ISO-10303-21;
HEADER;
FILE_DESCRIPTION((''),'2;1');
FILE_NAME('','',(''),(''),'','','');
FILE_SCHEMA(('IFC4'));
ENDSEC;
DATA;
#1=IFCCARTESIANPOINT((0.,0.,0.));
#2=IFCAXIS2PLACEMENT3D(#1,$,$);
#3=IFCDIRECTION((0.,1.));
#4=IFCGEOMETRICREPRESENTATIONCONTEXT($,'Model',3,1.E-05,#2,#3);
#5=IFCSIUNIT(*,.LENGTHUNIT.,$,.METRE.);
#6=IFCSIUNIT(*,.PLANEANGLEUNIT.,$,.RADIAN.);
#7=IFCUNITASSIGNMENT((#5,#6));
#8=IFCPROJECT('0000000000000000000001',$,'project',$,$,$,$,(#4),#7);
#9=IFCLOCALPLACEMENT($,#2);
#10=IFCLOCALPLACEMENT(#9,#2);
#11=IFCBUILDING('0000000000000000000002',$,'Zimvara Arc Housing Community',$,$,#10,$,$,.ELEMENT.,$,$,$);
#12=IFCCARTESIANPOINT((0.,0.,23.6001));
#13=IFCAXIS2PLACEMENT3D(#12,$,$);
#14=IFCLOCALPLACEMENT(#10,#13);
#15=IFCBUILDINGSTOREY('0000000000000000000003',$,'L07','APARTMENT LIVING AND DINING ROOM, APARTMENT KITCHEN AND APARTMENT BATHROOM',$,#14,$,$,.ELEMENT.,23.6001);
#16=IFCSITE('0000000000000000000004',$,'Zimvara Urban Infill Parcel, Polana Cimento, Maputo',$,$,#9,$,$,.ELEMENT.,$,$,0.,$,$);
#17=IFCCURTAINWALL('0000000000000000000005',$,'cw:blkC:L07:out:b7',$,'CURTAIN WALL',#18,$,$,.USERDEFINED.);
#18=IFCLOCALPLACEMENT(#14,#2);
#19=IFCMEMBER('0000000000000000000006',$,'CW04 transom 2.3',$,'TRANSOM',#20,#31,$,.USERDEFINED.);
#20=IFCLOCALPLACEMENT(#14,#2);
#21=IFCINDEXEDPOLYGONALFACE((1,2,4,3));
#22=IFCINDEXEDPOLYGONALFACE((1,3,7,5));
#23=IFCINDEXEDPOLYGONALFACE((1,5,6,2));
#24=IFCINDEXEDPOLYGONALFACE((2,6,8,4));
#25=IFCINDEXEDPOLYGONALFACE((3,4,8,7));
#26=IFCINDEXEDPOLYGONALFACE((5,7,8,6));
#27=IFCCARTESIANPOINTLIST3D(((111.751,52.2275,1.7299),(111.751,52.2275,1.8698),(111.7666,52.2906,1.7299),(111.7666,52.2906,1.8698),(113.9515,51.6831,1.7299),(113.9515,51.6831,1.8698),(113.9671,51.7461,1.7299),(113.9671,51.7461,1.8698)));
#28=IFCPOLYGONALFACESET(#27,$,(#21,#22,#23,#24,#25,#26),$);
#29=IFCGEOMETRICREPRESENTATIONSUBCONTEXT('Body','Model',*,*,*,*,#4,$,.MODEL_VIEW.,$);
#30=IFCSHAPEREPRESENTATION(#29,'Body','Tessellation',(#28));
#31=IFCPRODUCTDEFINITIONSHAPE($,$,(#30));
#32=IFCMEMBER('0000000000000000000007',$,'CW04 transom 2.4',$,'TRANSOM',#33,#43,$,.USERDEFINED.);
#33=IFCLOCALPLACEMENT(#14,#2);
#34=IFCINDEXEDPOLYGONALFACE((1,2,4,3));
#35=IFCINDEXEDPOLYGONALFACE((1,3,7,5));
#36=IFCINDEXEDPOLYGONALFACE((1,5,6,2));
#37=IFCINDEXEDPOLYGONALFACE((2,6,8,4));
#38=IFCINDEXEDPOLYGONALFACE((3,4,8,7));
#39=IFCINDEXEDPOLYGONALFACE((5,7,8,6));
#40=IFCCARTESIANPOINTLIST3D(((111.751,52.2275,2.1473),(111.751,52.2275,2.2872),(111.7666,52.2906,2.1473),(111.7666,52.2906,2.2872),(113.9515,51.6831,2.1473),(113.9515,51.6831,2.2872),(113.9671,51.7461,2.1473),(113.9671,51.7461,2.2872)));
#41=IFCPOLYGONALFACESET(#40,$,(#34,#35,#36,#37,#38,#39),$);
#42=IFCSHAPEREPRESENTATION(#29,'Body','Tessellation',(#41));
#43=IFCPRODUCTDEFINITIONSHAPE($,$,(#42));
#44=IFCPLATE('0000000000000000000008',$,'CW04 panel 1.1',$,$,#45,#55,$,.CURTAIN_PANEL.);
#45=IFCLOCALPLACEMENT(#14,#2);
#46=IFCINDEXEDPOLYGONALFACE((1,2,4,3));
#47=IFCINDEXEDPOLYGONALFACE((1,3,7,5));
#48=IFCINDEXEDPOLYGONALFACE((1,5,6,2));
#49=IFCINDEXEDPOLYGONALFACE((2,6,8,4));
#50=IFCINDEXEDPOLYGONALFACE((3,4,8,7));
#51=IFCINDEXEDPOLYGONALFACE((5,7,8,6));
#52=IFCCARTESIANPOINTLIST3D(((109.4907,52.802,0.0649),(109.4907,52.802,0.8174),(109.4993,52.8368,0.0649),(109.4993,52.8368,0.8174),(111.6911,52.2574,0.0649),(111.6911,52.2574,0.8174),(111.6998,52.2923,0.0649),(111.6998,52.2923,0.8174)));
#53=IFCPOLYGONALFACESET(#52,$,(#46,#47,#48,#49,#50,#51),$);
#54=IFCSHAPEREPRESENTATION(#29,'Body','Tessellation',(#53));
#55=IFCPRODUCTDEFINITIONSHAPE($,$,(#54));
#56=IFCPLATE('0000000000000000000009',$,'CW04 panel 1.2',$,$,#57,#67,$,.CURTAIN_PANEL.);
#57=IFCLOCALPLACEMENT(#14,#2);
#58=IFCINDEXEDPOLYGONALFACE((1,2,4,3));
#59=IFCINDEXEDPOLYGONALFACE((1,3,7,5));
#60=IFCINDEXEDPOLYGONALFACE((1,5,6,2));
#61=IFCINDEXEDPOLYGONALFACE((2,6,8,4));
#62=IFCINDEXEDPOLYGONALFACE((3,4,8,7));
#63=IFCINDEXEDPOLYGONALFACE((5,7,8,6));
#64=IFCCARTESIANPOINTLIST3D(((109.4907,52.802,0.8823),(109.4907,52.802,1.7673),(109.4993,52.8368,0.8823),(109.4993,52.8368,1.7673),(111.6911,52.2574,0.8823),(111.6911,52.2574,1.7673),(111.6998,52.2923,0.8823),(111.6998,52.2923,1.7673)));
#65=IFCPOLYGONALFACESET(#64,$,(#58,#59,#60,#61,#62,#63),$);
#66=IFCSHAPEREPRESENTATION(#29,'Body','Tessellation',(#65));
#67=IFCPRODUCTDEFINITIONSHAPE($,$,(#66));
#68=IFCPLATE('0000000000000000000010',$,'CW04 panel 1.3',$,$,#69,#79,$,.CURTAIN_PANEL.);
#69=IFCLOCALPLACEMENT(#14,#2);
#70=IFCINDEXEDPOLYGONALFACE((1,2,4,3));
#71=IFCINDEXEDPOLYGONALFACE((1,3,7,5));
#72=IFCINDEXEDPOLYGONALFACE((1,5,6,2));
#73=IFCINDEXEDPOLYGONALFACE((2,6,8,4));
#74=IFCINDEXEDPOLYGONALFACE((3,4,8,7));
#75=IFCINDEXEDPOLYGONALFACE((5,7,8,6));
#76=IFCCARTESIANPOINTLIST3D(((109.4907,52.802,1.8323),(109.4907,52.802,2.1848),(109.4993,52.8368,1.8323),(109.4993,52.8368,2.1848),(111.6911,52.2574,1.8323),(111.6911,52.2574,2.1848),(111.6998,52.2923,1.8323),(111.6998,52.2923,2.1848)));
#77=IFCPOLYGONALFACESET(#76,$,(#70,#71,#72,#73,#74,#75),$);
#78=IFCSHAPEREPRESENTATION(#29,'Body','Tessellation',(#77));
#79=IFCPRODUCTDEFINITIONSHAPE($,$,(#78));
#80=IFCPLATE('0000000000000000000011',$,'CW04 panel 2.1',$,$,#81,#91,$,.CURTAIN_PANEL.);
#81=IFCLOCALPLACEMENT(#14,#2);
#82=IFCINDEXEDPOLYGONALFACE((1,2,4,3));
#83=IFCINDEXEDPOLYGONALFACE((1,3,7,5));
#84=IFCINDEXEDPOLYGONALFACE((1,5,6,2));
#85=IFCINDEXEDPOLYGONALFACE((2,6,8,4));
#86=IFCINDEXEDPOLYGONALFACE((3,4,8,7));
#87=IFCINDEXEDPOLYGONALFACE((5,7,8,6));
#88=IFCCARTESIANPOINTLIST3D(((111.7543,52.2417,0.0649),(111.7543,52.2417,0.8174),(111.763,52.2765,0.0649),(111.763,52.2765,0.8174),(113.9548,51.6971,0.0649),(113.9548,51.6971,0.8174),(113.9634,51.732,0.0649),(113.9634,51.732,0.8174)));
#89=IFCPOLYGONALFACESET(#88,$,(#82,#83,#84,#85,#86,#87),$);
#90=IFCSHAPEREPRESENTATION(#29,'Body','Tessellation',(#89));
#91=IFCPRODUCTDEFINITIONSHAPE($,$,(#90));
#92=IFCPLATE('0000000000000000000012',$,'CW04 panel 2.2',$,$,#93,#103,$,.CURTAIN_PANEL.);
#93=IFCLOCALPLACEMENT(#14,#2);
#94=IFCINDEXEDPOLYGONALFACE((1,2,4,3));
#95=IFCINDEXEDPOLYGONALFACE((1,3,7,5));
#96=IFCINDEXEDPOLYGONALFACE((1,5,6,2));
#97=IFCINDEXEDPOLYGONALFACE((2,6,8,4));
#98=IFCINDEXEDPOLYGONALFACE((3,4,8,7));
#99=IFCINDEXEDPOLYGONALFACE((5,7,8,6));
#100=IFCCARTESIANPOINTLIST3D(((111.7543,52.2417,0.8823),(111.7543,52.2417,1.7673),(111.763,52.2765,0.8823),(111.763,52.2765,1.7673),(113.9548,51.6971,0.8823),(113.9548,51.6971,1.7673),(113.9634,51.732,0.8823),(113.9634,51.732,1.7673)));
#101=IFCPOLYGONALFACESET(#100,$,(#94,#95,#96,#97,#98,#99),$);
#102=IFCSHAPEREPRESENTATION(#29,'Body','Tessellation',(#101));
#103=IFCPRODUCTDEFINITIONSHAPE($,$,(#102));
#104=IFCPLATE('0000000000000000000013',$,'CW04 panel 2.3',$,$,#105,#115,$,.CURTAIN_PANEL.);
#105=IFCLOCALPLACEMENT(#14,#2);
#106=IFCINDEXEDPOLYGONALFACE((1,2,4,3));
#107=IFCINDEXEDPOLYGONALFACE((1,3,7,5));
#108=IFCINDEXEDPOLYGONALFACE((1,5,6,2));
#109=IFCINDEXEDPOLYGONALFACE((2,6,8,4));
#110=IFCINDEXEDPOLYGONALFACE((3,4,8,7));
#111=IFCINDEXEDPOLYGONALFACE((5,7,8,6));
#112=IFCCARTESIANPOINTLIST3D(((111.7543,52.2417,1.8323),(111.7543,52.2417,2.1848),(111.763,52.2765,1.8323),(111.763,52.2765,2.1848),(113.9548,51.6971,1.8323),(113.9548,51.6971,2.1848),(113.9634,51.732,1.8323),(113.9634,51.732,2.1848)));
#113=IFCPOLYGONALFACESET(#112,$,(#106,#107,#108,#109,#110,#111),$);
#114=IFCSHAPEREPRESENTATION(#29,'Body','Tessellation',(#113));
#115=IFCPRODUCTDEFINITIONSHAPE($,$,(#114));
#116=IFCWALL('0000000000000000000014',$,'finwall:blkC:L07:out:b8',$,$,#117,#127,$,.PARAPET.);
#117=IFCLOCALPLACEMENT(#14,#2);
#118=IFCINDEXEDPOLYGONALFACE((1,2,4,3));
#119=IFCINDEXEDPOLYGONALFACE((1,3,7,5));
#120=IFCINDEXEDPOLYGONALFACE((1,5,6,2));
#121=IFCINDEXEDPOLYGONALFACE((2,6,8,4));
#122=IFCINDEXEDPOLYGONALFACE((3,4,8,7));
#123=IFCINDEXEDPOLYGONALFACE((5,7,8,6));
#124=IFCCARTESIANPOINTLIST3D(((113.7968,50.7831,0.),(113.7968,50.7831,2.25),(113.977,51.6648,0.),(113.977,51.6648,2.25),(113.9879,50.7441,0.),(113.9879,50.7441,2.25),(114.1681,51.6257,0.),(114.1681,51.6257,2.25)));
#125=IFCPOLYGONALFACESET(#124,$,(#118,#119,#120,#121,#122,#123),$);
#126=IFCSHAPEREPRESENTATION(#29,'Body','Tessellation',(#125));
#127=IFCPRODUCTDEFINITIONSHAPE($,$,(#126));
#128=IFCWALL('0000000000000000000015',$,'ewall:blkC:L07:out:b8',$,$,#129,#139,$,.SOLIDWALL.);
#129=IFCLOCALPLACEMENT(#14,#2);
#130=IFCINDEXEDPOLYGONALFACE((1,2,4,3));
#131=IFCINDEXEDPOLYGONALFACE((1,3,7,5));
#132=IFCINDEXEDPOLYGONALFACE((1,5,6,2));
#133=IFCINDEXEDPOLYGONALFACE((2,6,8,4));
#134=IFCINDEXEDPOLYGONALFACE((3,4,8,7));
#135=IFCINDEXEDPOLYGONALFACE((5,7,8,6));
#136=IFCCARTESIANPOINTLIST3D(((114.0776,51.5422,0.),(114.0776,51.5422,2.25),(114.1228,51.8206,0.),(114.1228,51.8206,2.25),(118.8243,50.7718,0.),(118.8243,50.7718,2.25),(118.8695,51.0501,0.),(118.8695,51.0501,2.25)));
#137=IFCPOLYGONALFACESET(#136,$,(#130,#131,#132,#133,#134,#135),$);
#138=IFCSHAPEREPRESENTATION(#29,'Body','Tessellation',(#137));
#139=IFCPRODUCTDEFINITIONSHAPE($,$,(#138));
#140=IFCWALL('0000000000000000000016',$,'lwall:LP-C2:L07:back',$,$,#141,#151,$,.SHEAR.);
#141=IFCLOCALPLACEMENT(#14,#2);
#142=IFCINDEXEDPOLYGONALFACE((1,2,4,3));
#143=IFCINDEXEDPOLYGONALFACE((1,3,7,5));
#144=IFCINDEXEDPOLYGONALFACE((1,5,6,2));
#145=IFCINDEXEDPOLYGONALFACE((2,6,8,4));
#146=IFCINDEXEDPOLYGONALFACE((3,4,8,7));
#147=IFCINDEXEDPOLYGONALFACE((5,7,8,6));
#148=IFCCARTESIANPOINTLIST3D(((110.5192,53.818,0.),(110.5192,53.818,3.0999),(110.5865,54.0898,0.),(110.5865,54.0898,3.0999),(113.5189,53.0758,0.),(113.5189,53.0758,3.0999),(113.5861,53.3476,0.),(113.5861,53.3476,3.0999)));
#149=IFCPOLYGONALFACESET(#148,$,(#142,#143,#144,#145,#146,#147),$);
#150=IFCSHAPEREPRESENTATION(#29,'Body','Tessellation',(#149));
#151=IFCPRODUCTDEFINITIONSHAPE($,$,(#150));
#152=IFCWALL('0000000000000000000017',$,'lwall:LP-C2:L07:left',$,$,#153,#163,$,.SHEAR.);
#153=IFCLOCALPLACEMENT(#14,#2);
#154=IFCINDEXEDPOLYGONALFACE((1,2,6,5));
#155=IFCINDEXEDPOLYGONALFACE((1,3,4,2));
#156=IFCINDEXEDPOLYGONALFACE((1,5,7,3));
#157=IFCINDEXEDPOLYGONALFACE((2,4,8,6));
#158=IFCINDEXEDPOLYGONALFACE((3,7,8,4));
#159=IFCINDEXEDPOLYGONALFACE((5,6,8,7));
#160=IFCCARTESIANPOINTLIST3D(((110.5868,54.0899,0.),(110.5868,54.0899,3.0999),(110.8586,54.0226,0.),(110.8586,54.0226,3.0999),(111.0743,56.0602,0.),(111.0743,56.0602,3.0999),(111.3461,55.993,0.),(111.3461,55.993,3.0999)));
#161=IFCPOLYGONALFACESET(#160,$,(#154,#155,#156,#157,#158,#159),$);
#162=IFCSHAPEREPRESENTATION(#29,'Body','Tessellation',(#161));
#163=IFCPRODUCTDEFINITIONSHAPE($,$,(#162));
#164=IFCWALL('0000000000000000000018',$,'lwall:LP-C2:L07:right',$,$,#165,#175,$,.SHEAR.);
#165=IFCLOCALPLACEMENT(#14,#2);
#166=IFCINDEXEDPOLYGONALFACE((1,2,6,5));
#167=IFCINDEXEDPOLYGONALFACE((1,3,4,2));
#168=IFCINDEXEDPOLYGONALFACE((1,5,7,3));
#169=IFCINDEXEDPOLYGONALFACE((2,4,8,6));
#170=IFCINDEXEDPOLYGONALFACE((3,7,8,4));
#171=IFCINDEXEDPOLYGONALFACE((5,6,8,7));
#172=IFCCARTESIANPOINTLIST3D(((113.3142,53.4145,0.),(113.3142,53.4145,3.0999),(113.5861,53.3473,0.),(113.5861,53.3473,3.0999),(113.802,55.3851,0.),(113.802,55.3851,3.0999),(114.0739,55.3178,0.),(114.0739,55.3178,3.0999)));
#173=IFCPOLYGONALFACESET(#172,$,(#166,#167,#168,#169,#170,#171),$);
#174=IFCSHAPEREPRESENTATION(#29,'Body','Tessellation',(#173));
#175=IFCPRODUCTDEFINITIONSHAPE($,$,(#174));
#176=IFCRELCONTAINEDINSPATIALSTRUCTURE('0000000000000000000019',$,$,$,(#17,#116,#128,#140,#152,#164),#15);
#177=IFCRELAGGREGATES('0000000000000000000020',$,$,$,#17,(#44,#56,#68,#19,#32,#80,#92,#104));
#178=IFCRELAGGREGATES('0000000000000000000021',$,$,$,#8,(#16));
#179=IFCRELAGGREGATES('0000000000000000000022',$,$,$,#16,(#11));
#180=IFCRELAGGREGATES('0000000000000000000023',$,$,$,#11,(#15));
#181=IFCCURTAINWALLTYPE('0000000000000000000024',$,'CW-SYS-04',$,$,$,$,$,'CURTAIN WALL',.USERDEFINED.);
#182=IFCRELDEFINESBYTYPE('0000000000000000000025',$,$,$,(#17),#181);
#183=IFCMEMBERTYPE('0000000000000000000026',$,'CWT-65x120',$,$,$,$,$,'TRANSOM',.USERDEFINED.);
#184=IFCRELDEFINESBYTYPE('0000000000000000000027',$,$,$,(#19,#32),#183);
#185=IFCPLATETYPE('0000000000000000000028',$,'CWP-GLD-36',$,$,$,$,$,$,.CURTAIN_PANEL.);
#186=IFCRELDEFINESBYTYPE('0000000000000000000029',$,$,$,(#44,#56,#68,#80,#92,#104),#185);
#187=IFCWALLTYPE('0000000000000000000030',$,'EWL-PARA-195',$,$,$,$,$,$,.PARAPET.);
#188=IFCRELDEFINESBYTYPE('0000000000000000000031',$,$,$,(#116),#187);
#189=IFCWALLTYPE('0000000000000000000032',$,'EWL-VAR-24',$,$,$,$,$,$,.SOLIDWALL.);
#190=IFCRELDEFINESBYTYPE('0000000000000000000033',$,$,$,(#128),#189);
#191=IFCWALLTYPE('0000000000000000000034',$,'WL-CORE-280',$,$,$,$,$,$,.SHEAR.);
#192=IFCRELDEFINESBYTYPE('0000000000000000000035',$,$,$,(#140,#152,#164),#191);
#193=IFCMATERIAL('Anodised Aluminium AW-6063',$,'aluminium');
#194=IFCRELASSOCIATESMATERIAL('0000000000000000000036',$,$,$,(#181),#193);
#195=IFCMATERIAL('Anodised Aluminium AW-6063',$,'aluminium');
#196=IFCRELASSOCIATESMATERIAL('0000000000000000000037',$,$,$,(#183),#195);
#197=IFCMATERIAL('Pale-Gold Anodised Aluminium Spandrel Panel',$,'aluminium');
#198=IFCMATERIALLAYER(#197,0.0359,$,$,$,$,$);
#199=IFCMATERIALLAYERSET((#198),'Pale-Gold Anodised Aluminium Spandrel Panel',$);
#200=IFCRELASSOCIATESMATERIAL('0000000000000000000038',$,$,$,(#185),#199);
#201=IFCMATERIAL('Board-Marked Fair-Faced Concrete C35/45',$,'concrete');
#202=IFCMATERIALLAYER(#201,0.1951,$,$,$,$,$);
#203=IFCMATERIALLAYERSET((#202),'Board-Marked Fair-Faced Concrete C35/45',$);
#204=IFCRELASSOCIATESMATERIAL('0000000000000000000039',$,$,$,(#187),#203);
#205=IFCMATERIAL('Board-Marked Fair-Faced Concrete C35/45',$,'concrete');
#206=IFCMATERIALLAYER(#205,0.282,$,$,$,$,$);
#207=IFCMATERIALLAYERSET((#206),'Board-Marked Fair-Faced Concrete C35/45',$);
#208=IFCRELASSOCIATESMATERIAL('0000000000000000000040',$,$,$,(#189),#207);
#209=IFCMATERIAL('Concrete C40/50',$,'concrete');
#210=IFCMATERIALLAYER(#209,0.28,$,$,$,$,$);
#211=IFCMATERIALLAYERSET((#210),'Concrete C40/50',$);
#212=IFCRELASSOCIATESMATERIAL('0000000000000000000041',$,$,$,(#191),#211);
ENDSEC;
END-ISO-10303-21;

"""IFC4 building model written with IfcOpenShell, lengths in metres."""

from ifc_helpers import new_model, si_unit, direction, frame, frame_2d, origin, origin_2d, place, context, subcontext, project, spatial, rectangle, extrude, material, layer, layer_set, material_profile, profile_set, type_object, element, aggregate, save


model = new_model("IFC4")

# Units and contexts
model_context = context("Model", 3, precision=1e-05, world=origin(), true_north=direction((0.0, 1.0)))
body_context = subcontext(model_context, "Body", "Model", "MODEL_VIEW")
ifc_project = project(units=[si_unit("LENGTHUNIT", "METRE"), si_unit("PLANEANGLEUNIT", "RADIAN")], contexts=[model_context])

# Site, building, storey
site_placement = place(None, origin())
site = spatial("IfcSite", under=ifc_project, at=site_placement, Name="Zimvara Urban Infill Parcel, Polana Cimento, Maputo", CompositionType="ELEMENT", RefElevation=0.0)
building_placement = place(site_placement, origin())
building = spatial("IfcBuilding", under=site, at=building_placement, Name="Zimvara Arc Housing Community", CompositionType="ELEMENT")
storey_placement = place(building_placement, frame((0.0, 0.0, 23.6001)))
storey = spatial("IfcBuildingStorey", under=building, at=storey_placement, Name="L07", Description="APARTMENT LIVING AND DINING ROOM, APARTMENT KITCHEN AND APARTMENT BATHROOM", CompositionType="ELEMENT", Elevation=23.6001)

# Curtain wall
ifc_material_1 = material(Name="Anodised Aluminium AW-6063", Category="aluminium")
curtain_wall_type_1 = type_object("IfcCurtainWallType", Name="CW-SYS-04", ElementType="CURTAIN WALL", PredefinedType="USERDEFINED", material=ifc_material_1)
curtain_wall_1_placement = place(storey_placement, origin())
curtain_wall_1 = element("IfcCurtainWall", 1, at=curtain_wall_1_placement, inside=storey, type_object=curtain_wall_type_1, Name="cw:blkC:L07:out:b7", ObjectType="CURTAIN WALL", PredefinedType="USERDEFINED")

# Members
ifc_material_2 = material(Name="Anodised Aluminium AW-6063", Category="aluminium")
ifc_material_profile_1 = material_profile(ifc_material_2, rectangle(XDim=0.0649, YDim=0.1399, at=origin_2d()), Name="ALU 65x140")
ifc_profile_set_1 = profile_set([ifc_material_profile_1], Name="Anodised Aluminium AW-6063")
member_type_1 = type_object("IfcMemberType", Name="CWT-65x120", ElementType="TRANSOM", PredefinedType="USERDEFINED", material=ifc_profile_set_1)
member_1_placement = place(storey_placement, frame((111.7588, 52.259, 1.7998), z_axis=(0.970729, -0.240178, 0.0), x_axis=(0.240178, 0.970729, 0.0)))
member_1 = element("IfcMember", 2, at=member_1_placement, type_object=member_type_1, Name="CW04 transom 2.3", ObjectType="TRANSOM", PredefinedType="USERDEFINED", context=body_context, shape_type="SweptSolid", body=[
    extrude(rectangle(XDim=0.0649, YDim=0.1399, at=origin_2d()), origin(), (0.0, 0.0, 1.0), 2.2668),
])
member_2_placement = place(storey_placement, frame((111.7588, 52.259, 2.2173), z_axis=(0.970729, -0.240178, 0.0), x_axis=(0.240178, 0.970729, 0.0)))
member_2 = element("IfcMember", 3, at=member_2_placement, type_object=member_type_1, Name="CW04 transom 2.4", ObjectType="TRANSOM", PredefinedType="USERDEFINED", context=body_context, shape_type="SweptSolid", body=[
    extrude(rectangle(XDim=0.0649, YDim=0.1399, at=origin_2d()), origin(), (0.0, 0.0, 1.0), 2.2668),
])

# Plates
ifc_material_3 = material(Name="Pale-Gold Anodised Aluminium Spandrel Panel", Category="aluminium")
ifc_layer_1 = layer(ifc_material_3, 0.0359)
ifc_layer_set_1 = layer_set([ifc_layer_1], Name="Pale-Gold Anodised Aluminium Spandrel Panel")
plate_type = type_object("IfcPlateType", Name="CWP-GLD-36", PredefinedType="CURTAIN_PANEL", material=ifc_layer_set_1)
plate_1_placement = place(storey_placement, frame((110.5952, 52.5471, 0.0649), z_axis=(0.0, 0.0, 1.0), x_axis=(0.970716, -0.24023, 0.0)))
plate_1 = element("IfcPlate", 4, at=plate_1_placement, type_object=plate_type, Name="CW04 panel 1.1", PredefinedType="CURTAIN_PANEL", context=body_context, shape_type="SweptSolid", body=[
    extrude(rectangle(XDim=2.2668, YDim=0.0359, at=origin_2d()), origin(), (0.0, 0.0, 1.0), 0.7524),
])
plate_2_placement = place(storey_placement, frame((110.5952, 52.5471, 0.8823), z_axis=(0.0, 0.0, 1.0), x_axis=(0.970716, -0.24023, 0.0)))
plate_2 = element("IfcPlate", 5, at=plate_2_placement, type_object=plate_type, Name="CW04 panel 1.2", PredefinedType="CURTAIN_PANEL", context=body_context, shape_type="SweptSolid", body=[
    extrude(rectangle(XDim=2.2668, YDim=0.0359, at=origin_2d()), origin(), (0.0, 0.0, 1.0), 0.885),
])
plate_3_placement = place(storey_placement, frame((110.5952, 52.5471, 1.8323), z_axis=(0.0, 0.0, 1.0), x_axis=(0.970716, -0.24023, 0.0)))
plate_3 = element("IfcPlate", 6, at=plate_3_placement, type_object=plate_type, Name="CW04 panel 1.3", PredefinedType="CURTAIN_PANEL", context=body_context, shape_type="SweptSolid", body=[
    extrude(rectangle(XDim=2.2668, YDim=0.0359, at=origin_2d()), origin(), (0.0, 0.0, 1.0), 0.3525),
])
plate_4_placement = place(storey_placement, frame((112.8589, 51.9868, 0.0649), z_axis=(0.0, 0.0, 1.0), x_axis=(0.970716, -0.24023, 0.0)))
plate_4 = element("IfcPlate", 7, at=plate_4_placement, type_object=plate_type, Name="CW04 panel 2.1", PredefinedType="CURTAIN_PANEL", context=body_context, shape_type="SweptSolid", body=[
    extrude(rectangle(XDim=2.2668, YDim=0.0359, at=origin_2d()), origin(), (0.0, 0.0, 1.0), 0.7524),
])
plate_5_placement = place(storey_placement, frame((112.8589, 51.9868, 0.8823), z_axis=(0.0, 0.0, 1.0), x_axis=(0.970716, -0.24023, 0.0)))
plate_5 = element("IfcPlate", 8, at=plate_5_placement, type_object=plate_type, Name="CW04 panel 2.2", PredefinedType="CURTAIN_PANEL", context=body_context, shape_type="SweptSolid", body=[
    extrude(rectangle(XDim=2.2668, YDim=0.0359, at=origin_2d()), origin(), (0.0, 0.0, 1.0), 0.885),
])
plate_6_placement = place(storey_placement, frame((112.8589, 51.9868, 1.8323), z_axis=(0.0, 0.0, 1.0), x_axis=(0.970716, -0.24023, 0.0)))
plate_6 = element("IfcPlate", 9, at=plate_6_placement, type_object=plate_type, Name="CW04 panel 2.3", PredefinedType="CURTAIN_PANEL", context=body_context, shape_type="SweptSolid", body=[
    extrude(rectangle(XDim=2.2668, YDim=0.0359, at=origin_2d()), origin(), (0.0, 0.0, 1.0), 0.3525),
])
aggregate(curtain_wall_1, [plate_1, plate_2, plate_3, member_1, member_2, plate_4, plate_5, plate_6])

# Walls
ifc_material_4 = material(Name="Board-Marked Fair-Faced Concrete C35/45", Category="concrete")
ifc_layer_2 = layer(ifc_material_4, 0.1951)
ifc_layer_set_2 = layer_set([ifc_layer_2], Name="Board-Marked Fair-Faced Concrete C35/45")
wall_type_1 = type_object("IfcWallType", Name="EWL-PARA-195", PredefinedType="PARAPET", material=ifc_layer_set_2)
wall_1_placement = place(storey_placement, frame((114.0725, 51.6453, 0.0), z_axis=(0.0, 0.0, 1.0), x_axis=(-0.200236, -0.979748, 0.0)))
element("IfcWall", 10, at=wall_1_placement, inside=storey, type_object=wall_type_1, Name="finwall:blkC:L07:out:b8", PredefinedType="PARAPET", context=body_context, shape_type="SweptSolid", body=[
    extrude(rectangle(XDim=0.8999, YDim=0.1951, at=frame_2d((0.45, 0.0))), origin(), (0.0, 0.0, 1.0), 2.25),
])
ifc_material_5 = material(Name="Board-Marked Fair-Faced Concrete C35/45", Category="concrete")
ifc_layer_3 = layer(ifc_material_5, 0.282)
ifc_layer_set_3 = layer_set([ifc_layer_3], Name="Board-Marked Fair-Faced Concrete C35/45")
wall_type_2 = type_object("IfcWallType", Name="EWL-VAR-24", PredefinedType="SOLIDWALL", material=ifc_layer_set_3)
wall_2_placement = place(storey_placement, frame((114.1003, 51.6814, 0.0), z_axis=(0.0, 0.0, 1.0), x_axis=(0.987081, -0.160224, 0.0)))
element("IfcWall", 11, at=wall_2_placement, inside=storey, type_object=wall_type_2, Name="ewall:blkC:L07:out:b8", PredefinedType="SOLIDWALL", context=body_context, shape_type="SweptSolid", body=[
    extrude(rectangle(XDim=4.8088, YDim=0.282, at=frame_2d((2.4043, 0.0))), origin(), (0.0, 0.0, 1.0), 2.25),
])

# Shared definitions
ifc_material_6 = material(Name="Concrete C40/50", Category="concrete")
ifc_layer_4 = layer(ifc_material_6, 0.28)
ifc_layer_set_4 = layer_set([ifc_layer_4], Name="Concrete C40/50")
wall_type_3 = type_object("IfcWallType", Name="WL-CORE-280", PredefinedType="SHEAR", material=ifc_layer_set_4)

# Walls
wall_3_placement = place(storey_placement, frame((110.553, 53.9539, 0.0), z_axis=(0.0, 0.0, 1.0), x_axis=(0.970725, -0.240192, 0.0)))
element("IfcWall", 12, at=wall_3_placement, inside=storey, type_object=wall_type_3, Name="lwall:LP-C2:L07:back", PredefinedType="SHEAR", context=body_context, shape_type="SweptSolid", body=[
    extrude(rectangle(XDim=3.0901, YDim=0.28, at=frame_2d((1.5449, 0.0))), origin(), (0.0, 0.0, 1.0), 3.0999),
])
wall_4_placement = place(storey_placement, frame((111.2102, 56.0266, 0.0), z_axis=(0.0, 0.0, 1.0), x_axis=(-0.240186, -0.970727, 0.0)))
element("IfcWall", 13, at=wall_4_placement, inside=storey, type_object=wall_type_3, Name="lwall:LP-C2:L07:left", PredefinedType="SHEAR", context=body_context, shape_type="SweptSolid", body=[
    extrude(rectangle(XDim=2.0298, YDim=0.28, at=frame_2d((1.0149, 0.0))), origin(), (0.0, 0.0, 1.0), 3.0999),
])
wall_5_placement = place(storey_placement, frame((113.938, 55.3516, 0.0), z_axis=(0.0, 0.0, 1.0), x_axis=(-0.240299, -0.970699, 0.0)))
element("IfcWall", 14, at=wall_5_placement, inside=storey, type_object=wall_type_3, Name="lwall:LP-C2:L07:right", PredefinedType="SHEAR", context=body_context, shape_type="SweptSolid", body=[
    extrude(rectangle(XDim=2.03, YDim=0.28, at=frame_2d((1.0151, 0.0))), origin(), (0.0, 0.0, 1.0), 3.0999),
])

save(model, "model.ifc")
